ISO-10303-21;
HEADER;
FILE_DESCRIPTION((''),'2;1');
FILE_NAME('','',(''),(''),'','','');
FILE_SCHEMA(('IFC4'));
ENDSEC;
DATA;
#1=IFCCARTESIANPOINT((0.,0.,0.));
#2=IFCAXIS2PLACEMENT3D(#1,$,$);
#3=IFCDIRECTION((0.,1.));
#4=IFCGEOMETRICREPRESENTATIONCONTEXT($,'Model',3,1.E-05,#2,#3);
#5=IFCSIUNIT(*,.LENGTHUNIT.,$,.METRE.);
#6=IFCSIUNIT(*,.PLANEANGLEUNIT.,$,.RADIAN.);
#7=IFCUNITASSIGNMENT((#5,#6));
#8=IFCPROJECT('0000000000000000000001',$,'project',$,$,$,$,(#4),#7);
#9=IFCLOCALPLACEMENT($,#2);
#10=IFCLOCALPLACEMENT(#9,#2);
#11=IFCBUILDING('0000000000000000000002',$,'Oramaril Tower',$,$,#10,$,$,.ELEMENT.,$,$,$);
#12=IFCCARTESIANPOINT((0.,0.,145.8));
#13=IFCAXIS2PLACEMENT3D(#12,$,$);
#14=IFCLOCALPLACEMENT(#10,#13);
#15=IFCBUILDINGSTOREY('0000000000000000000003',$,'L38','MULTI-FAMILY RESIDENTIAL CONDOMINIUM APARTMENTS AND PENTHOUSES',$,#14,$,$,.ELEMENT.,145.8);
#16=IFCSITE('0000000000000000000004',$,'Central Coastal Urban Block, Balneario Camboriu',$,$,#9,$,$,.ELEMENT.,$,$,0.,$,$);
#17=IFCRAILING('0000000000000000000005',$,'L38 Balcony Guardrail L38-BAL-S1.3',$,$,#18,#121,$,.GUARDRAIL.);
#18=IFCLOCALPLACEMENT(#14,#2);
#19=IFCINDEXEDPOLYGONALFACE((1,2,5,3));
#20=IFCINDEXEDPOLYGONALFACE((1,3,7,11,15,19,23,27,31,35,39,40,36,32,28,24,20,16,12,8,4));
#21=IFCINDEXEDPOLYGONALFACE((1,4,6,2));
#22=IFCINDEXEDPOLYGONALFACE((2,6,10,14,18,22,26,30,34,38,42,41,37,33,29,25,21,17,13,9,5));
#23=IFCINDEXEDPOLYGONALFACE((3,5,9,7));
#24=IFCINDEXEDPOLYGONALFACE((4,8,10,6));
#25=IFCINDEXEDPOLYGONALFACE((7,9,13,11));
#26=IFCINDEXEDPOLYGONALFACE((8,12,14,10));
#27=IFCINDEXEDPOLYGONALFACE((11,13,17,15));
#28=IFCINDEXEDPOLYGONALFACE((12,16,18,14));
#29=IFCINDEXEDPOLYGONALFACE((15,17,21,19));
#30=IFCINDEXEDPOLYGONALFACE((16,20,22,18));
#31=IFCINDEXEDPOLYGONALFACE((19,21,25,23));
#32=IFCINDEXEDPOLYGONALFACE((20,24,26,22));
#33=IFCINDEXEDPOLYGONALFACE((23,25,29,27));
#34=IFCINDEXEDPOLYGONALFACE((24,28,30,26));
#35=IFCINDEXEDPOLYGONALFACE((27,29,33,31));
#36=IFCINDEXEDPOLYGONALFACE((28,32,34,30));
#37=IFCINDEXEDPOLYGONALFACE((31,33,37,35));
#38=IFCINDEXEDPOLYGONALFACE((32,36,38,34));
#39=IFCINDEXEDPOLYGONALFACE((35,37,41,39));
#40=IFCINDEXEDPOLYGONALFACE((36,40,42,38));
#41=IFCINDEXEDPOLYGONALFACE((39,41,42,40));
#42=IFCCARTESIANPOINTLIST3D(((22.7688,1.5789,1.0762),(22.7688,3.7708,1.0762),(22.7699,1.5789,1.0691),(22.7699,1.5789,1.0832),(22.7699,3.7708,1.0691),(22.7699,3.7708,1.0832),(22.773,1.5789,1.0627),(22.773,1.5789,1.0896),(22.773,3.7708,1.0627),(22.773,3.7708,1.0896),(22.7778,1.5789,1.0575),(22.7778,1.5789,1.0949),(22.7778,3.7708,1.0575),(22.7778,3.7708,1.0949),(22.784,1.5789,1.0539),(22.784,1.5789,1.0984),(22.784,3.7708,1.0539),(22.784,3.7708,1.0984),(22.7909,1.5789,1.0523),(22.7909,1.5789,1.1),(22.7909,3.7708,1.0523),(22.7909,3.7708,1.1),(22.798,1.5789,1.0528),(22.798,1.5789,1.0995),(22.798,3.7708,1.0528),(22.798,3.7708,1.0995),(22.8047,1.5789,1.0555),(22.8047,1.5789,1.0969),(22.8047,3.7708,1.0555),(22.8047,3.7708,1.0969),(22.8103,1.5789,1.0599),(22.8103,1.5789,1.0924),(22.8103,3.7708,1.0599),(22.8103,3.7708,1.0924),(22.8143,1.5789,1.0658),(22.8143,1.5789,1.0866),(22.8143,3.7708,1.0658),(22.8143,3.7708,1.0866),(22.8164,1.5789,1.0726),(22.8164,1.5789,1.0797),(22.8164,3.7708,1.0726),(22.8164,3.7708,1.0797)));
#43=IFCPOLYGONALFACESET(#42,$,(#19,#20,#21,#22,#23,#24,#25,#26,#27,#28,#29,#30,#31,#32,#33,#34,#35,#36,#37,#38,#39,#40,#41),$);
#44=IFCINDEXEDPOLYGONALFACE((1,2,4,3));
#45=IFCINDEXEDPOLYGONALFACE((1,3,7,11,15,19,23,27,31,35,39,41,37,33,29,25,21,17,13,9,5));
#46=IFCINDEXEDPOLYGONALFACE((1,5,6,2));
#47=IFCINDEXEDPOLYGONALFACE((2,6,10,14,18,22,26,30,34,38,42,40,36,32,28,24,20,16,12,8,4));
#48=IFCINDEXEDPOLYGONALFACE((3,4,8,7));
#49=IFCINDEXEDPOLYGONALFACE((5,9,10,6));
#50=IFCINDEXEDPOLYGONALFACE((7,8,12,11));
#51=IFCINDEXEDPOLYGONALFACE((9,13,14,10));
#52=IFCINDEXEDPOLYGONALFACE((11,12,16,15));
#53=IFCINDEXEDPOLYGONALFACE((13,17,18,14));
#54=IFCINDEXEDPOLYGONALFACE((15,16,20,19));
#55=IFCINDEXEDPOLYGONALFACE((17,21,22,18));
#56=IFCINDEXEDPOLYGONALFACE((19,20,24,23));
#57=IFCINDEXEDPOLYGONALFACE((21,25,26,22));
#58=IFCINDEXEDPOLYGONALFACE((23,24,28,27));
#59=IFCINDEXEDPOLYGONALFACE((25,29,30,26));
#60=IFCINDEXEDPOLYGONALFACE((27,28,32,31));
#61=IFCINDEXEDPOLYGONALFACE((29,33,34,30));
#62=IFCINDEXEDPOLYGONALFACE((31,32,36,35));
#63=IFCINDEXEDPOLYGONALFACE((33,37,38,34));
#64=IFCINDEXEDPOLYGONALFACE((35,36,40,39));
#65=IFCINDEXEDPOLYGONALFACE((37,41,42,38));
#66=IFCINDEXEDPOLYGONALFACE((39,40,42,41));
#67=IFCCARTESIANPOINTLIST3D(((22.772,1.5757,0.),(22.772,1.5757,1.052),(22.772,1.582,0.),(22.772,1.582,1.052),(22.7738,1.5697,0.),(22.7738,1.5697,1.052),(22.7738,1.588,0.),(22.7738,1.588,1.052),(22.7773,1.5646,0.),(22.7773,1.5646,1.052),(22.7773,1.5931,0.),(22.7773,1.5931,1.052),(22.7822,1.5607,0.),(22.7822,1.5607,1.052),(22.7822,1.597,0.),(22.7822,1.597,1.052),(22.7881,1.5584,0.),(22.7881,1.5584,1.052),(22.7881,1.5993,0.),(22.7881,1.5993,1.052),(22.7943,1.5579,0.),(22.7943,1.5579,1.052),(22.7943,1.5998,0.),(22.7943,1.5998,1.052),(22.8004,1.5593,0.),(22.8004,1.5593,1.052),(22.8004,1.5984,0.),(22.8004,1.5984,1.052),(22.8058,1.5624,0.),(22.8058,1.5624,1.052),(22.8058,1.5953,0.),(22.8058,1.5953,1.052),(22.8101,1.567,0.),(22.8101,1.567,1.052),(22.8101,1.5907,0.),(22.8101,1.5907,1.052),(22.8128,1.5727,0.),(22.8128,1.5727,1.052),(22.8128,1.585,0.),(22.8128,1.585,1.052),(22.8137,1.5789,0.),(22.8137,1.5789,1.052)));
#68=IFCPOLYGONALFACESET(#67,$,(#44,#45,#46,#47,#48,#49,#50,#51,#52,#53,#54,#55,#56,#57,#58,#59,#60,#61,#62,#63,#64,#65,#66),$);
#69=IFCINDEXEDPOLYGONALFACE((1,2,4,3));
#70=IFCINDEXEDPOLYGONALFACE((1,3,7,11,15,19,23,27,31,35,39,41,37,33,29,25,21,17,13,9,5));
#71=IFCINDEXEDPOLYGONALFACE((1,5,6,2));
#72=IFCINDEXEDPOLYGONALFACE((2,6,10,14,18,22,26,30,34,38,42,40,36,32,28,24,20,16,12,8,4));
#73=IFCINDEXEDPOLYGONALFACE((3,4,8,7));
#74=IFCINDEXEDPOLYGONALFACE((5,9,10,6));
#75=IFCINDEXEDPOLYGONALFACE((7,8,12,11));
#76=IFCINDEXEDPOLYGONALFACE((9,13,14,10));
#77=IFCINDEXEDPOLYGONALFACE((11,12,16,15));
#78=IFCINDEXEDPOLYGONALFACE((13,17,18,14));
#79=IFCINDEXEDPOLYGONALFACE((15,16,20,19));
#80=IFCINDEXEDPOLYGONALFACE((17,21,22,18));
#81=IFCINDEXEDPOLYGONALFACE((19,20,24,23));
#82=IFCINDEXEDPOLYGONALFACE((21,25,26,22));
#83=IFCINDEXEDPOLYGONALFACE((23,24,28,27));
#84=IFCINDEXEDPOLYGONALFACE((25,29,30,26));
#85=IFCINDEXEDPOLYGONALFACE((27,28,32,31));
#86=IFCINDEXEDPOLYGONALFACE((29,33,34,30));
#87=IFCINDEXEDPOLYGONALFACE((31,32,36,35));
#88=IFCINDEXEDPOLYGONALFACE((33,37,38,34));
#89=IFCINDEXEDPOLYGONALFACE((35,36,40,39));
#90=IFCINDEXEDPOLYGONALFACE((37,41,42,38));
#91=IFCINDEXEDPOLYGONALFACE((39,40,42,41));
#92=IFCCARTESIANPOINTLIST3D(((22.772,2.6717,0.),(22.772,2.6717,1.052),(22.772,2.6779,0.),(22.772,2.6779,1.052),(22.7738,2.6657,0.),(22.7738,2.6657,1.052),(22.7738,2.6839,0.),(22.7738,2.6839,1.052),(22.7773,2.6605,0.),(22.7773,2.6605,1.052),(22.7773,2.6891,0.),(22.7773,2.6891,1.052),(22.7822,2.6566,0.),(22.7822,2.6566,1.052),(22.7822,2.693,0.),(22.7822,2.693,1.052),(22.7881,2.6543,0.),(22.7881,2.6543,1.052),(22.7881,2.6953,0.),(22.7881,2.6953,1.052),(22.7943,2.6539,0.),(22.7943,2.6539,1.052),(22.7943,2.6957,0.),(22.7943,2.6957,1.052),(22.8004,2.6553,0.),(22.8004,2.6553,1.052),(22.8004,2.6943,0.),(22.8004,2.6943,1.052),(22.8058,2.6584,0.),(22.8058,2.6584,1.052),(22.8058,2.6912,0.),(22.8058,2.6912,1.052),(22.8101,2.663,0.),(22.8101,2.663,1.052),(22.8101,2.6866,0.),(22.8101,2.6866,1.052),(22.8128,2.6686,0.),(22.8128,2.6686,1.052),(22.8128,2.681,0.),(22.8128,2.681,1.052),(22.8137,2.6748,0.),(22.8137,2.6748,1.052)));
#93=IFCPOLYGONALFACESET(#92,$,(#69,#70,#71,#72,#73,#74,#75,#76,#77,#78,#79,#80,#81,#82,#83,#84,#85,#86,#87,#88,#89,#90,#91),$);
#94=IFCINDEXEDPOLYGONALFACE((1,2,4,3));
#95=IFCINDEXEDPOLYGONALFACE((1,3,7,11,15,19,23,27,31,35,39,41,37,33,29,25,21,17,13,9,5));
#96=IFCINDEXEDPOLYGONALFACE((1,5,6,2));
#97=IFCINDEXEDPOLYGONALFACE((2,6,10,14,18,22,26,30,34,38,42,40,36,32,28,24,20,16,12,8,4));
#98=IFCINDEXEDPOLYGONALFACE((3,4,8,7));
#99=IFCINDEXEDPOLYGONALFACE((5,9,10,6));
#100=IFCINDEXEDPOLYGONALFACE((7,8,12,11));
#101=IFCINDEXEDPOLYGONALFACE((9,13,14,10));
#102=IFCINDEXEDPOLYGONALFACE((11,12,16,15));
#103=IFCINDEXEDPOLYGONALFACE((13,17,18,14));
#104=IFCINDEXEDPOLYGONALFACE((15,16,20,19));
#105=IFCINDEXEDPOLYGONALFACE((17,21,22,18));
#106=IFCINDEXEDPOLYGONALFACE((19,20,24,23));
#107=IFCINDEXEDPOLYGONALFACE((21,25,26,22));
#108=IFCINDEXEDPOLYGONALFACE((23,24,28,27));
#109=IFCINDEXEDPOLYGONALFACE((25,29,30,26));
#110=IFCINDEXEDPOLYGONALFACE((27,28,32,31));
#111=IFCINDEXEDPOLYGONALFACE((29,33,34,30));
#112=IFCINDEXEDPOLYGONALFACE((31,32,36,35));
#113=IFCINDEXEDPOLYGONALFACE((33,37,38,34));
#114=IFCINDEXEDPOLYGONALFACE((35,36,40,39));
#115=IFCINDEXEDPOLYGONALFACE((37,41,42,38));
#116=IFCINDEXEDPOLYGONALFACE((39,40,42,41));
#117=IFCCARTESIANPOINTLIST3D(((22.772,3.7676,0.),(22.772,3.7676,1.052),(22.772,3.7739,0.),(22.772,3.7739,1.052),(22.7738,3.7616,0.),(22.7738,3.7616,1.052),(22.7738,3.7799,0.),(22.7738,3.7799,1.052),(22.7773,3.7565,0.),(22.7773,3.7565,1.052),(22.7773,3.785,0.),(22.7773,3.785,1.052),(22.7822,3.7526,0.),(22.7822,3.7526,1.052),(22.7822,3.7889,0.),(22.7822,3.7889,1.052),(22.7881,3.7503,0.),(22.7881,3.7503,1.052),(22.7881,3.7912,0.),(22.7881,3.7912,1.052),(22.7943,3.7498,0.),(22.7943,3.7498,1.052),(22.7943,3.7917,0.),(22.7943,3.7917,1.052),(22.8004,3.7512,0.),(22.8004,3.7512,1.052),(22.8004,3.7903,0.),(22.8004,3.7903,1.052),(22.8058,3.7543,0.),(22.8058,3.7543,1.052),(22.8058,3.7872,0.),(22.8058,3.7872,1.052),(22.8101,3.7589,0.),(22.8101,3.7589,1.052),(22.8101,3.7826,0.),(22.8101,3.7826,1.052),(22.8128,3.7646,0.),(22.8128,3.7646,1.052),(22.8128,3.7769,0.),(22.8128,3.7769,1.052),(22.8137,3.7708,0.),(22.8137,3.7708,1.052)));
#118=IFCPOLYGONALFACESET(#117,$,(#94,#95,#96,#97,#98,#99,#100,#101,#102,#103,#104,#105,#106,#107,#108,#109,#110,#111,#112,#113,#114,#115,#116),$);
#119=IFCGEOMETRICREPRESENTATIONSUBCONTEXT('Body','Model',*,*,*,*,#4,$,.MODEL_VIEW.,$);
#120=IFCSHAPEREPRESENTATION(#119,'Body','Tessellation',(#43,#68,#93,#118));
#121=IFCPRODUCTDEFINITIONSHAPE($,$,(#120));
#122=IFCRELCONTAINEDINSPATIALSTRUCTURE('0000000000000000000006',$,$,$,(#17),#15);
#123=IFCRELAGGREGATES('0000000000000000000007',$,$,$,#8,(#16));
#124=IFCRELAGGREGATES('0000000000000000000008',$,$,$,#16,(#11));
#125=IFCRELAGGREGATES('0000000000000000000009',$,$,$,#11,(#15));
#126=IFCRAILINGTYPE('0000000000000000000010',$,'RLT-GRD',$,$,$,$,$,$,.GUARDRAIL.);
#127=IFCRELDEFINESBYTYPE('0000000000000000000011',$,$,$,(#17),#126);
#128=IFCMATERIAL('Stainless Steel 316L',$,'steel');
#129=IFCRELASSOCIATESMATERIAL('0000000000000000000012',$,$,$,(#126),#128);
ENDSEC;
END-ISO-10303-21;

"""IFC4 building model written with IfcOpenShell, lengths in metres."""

from ifc_helpers import new_model, si_unit, direction, frame, origin, origin_2d, place, context, subcontext, project, spatial, circle, extrude, material, type_object, element, save


model = new_model("IFC4")

# Units and contexts
model_context = context("Model", 3, precision=1e-05, world=origin(), true_north=direction((0.0, 1.0)))
body_context = subcontext(model_context, "Body", "Model", "MODEL_VIEW")
ifc_project = project(units=[si_unit("LENGTHUNIT", "METRE"), si_unit("PLANEANGLEUNIT", "RADIAN")], contexts=[model_context])

# Site, building, storey
site_placement = place(None, origin())
site = spatial("IfcSite", under=ifc_project, at=site_placement, Name="Central Coastal Urban Block, Balneario Camboriu", CompositionType="ELEMENT", RefElevation=0.0)
building_placement = place(site_placement, origin())
building = spatial("IfcBuilding", under=site, at=building_placement, Name="Oramaril Tower", CompositionType="ELEMENT")
storey_placement = place(building_placement, frame((0.0, 0.0, 145.8)))
storey = spatial("IfcBuildingStorey", under=building, at=storey_placement, Name="L38", Description="MULTI-FAMILY RESIDENTIAL CONDOMINIUM APARTMENTS AND PENTHOUSES", CompositionType="ELEMENT", Elevation=145.8)

# Railing
ifc_material_1 = material(Name="Stainless Steel 316L", Category="steel")
railing_type = type_object("IfcRailingType", Name="RLT-GRD", PredefinedType="GUARDRAIL", material=ifc_material_1)
railing_placement = place(storey_placement, frame((22.7927, 1.5789, 0.0)))
element("IfcRailing", 1, at=railing_placement, inside=storey, type_object=railing_type, Name="L38 Balcony Guardrail L38-BAL-S1.3", PredefinedType="GUARDRAIL", context=body_context, shape_type="SweptSolid", body=[
    extrude(circle(Radius=0.0239, at=origin_2d()), frame((0.0, 0.0, 1.0762), z_axis=(0.0, 1.0, 0.0), x_axis=(-1.0, 0.0, 0.0)), (0.0, 0.0, 1.0), 2.1919),
    extrude(circle(Radius=0.021, at=origin_2d()), origin(), (0.0, 0.0, 1.0), 1.052),
    extrude(circle(Radius=0.021, at=origin_2d()), frame((0.0, 1.0959, 0.0)), (0.0, 0.0, 1.0), 1.052),
    extrude(circle(Radius=0.021, at=origin_2d()), frame((0.0, 2.1919, 0.0)), (0.0, 0.0, 1.0), 1.052),
])

save(model, "model.ifc")
